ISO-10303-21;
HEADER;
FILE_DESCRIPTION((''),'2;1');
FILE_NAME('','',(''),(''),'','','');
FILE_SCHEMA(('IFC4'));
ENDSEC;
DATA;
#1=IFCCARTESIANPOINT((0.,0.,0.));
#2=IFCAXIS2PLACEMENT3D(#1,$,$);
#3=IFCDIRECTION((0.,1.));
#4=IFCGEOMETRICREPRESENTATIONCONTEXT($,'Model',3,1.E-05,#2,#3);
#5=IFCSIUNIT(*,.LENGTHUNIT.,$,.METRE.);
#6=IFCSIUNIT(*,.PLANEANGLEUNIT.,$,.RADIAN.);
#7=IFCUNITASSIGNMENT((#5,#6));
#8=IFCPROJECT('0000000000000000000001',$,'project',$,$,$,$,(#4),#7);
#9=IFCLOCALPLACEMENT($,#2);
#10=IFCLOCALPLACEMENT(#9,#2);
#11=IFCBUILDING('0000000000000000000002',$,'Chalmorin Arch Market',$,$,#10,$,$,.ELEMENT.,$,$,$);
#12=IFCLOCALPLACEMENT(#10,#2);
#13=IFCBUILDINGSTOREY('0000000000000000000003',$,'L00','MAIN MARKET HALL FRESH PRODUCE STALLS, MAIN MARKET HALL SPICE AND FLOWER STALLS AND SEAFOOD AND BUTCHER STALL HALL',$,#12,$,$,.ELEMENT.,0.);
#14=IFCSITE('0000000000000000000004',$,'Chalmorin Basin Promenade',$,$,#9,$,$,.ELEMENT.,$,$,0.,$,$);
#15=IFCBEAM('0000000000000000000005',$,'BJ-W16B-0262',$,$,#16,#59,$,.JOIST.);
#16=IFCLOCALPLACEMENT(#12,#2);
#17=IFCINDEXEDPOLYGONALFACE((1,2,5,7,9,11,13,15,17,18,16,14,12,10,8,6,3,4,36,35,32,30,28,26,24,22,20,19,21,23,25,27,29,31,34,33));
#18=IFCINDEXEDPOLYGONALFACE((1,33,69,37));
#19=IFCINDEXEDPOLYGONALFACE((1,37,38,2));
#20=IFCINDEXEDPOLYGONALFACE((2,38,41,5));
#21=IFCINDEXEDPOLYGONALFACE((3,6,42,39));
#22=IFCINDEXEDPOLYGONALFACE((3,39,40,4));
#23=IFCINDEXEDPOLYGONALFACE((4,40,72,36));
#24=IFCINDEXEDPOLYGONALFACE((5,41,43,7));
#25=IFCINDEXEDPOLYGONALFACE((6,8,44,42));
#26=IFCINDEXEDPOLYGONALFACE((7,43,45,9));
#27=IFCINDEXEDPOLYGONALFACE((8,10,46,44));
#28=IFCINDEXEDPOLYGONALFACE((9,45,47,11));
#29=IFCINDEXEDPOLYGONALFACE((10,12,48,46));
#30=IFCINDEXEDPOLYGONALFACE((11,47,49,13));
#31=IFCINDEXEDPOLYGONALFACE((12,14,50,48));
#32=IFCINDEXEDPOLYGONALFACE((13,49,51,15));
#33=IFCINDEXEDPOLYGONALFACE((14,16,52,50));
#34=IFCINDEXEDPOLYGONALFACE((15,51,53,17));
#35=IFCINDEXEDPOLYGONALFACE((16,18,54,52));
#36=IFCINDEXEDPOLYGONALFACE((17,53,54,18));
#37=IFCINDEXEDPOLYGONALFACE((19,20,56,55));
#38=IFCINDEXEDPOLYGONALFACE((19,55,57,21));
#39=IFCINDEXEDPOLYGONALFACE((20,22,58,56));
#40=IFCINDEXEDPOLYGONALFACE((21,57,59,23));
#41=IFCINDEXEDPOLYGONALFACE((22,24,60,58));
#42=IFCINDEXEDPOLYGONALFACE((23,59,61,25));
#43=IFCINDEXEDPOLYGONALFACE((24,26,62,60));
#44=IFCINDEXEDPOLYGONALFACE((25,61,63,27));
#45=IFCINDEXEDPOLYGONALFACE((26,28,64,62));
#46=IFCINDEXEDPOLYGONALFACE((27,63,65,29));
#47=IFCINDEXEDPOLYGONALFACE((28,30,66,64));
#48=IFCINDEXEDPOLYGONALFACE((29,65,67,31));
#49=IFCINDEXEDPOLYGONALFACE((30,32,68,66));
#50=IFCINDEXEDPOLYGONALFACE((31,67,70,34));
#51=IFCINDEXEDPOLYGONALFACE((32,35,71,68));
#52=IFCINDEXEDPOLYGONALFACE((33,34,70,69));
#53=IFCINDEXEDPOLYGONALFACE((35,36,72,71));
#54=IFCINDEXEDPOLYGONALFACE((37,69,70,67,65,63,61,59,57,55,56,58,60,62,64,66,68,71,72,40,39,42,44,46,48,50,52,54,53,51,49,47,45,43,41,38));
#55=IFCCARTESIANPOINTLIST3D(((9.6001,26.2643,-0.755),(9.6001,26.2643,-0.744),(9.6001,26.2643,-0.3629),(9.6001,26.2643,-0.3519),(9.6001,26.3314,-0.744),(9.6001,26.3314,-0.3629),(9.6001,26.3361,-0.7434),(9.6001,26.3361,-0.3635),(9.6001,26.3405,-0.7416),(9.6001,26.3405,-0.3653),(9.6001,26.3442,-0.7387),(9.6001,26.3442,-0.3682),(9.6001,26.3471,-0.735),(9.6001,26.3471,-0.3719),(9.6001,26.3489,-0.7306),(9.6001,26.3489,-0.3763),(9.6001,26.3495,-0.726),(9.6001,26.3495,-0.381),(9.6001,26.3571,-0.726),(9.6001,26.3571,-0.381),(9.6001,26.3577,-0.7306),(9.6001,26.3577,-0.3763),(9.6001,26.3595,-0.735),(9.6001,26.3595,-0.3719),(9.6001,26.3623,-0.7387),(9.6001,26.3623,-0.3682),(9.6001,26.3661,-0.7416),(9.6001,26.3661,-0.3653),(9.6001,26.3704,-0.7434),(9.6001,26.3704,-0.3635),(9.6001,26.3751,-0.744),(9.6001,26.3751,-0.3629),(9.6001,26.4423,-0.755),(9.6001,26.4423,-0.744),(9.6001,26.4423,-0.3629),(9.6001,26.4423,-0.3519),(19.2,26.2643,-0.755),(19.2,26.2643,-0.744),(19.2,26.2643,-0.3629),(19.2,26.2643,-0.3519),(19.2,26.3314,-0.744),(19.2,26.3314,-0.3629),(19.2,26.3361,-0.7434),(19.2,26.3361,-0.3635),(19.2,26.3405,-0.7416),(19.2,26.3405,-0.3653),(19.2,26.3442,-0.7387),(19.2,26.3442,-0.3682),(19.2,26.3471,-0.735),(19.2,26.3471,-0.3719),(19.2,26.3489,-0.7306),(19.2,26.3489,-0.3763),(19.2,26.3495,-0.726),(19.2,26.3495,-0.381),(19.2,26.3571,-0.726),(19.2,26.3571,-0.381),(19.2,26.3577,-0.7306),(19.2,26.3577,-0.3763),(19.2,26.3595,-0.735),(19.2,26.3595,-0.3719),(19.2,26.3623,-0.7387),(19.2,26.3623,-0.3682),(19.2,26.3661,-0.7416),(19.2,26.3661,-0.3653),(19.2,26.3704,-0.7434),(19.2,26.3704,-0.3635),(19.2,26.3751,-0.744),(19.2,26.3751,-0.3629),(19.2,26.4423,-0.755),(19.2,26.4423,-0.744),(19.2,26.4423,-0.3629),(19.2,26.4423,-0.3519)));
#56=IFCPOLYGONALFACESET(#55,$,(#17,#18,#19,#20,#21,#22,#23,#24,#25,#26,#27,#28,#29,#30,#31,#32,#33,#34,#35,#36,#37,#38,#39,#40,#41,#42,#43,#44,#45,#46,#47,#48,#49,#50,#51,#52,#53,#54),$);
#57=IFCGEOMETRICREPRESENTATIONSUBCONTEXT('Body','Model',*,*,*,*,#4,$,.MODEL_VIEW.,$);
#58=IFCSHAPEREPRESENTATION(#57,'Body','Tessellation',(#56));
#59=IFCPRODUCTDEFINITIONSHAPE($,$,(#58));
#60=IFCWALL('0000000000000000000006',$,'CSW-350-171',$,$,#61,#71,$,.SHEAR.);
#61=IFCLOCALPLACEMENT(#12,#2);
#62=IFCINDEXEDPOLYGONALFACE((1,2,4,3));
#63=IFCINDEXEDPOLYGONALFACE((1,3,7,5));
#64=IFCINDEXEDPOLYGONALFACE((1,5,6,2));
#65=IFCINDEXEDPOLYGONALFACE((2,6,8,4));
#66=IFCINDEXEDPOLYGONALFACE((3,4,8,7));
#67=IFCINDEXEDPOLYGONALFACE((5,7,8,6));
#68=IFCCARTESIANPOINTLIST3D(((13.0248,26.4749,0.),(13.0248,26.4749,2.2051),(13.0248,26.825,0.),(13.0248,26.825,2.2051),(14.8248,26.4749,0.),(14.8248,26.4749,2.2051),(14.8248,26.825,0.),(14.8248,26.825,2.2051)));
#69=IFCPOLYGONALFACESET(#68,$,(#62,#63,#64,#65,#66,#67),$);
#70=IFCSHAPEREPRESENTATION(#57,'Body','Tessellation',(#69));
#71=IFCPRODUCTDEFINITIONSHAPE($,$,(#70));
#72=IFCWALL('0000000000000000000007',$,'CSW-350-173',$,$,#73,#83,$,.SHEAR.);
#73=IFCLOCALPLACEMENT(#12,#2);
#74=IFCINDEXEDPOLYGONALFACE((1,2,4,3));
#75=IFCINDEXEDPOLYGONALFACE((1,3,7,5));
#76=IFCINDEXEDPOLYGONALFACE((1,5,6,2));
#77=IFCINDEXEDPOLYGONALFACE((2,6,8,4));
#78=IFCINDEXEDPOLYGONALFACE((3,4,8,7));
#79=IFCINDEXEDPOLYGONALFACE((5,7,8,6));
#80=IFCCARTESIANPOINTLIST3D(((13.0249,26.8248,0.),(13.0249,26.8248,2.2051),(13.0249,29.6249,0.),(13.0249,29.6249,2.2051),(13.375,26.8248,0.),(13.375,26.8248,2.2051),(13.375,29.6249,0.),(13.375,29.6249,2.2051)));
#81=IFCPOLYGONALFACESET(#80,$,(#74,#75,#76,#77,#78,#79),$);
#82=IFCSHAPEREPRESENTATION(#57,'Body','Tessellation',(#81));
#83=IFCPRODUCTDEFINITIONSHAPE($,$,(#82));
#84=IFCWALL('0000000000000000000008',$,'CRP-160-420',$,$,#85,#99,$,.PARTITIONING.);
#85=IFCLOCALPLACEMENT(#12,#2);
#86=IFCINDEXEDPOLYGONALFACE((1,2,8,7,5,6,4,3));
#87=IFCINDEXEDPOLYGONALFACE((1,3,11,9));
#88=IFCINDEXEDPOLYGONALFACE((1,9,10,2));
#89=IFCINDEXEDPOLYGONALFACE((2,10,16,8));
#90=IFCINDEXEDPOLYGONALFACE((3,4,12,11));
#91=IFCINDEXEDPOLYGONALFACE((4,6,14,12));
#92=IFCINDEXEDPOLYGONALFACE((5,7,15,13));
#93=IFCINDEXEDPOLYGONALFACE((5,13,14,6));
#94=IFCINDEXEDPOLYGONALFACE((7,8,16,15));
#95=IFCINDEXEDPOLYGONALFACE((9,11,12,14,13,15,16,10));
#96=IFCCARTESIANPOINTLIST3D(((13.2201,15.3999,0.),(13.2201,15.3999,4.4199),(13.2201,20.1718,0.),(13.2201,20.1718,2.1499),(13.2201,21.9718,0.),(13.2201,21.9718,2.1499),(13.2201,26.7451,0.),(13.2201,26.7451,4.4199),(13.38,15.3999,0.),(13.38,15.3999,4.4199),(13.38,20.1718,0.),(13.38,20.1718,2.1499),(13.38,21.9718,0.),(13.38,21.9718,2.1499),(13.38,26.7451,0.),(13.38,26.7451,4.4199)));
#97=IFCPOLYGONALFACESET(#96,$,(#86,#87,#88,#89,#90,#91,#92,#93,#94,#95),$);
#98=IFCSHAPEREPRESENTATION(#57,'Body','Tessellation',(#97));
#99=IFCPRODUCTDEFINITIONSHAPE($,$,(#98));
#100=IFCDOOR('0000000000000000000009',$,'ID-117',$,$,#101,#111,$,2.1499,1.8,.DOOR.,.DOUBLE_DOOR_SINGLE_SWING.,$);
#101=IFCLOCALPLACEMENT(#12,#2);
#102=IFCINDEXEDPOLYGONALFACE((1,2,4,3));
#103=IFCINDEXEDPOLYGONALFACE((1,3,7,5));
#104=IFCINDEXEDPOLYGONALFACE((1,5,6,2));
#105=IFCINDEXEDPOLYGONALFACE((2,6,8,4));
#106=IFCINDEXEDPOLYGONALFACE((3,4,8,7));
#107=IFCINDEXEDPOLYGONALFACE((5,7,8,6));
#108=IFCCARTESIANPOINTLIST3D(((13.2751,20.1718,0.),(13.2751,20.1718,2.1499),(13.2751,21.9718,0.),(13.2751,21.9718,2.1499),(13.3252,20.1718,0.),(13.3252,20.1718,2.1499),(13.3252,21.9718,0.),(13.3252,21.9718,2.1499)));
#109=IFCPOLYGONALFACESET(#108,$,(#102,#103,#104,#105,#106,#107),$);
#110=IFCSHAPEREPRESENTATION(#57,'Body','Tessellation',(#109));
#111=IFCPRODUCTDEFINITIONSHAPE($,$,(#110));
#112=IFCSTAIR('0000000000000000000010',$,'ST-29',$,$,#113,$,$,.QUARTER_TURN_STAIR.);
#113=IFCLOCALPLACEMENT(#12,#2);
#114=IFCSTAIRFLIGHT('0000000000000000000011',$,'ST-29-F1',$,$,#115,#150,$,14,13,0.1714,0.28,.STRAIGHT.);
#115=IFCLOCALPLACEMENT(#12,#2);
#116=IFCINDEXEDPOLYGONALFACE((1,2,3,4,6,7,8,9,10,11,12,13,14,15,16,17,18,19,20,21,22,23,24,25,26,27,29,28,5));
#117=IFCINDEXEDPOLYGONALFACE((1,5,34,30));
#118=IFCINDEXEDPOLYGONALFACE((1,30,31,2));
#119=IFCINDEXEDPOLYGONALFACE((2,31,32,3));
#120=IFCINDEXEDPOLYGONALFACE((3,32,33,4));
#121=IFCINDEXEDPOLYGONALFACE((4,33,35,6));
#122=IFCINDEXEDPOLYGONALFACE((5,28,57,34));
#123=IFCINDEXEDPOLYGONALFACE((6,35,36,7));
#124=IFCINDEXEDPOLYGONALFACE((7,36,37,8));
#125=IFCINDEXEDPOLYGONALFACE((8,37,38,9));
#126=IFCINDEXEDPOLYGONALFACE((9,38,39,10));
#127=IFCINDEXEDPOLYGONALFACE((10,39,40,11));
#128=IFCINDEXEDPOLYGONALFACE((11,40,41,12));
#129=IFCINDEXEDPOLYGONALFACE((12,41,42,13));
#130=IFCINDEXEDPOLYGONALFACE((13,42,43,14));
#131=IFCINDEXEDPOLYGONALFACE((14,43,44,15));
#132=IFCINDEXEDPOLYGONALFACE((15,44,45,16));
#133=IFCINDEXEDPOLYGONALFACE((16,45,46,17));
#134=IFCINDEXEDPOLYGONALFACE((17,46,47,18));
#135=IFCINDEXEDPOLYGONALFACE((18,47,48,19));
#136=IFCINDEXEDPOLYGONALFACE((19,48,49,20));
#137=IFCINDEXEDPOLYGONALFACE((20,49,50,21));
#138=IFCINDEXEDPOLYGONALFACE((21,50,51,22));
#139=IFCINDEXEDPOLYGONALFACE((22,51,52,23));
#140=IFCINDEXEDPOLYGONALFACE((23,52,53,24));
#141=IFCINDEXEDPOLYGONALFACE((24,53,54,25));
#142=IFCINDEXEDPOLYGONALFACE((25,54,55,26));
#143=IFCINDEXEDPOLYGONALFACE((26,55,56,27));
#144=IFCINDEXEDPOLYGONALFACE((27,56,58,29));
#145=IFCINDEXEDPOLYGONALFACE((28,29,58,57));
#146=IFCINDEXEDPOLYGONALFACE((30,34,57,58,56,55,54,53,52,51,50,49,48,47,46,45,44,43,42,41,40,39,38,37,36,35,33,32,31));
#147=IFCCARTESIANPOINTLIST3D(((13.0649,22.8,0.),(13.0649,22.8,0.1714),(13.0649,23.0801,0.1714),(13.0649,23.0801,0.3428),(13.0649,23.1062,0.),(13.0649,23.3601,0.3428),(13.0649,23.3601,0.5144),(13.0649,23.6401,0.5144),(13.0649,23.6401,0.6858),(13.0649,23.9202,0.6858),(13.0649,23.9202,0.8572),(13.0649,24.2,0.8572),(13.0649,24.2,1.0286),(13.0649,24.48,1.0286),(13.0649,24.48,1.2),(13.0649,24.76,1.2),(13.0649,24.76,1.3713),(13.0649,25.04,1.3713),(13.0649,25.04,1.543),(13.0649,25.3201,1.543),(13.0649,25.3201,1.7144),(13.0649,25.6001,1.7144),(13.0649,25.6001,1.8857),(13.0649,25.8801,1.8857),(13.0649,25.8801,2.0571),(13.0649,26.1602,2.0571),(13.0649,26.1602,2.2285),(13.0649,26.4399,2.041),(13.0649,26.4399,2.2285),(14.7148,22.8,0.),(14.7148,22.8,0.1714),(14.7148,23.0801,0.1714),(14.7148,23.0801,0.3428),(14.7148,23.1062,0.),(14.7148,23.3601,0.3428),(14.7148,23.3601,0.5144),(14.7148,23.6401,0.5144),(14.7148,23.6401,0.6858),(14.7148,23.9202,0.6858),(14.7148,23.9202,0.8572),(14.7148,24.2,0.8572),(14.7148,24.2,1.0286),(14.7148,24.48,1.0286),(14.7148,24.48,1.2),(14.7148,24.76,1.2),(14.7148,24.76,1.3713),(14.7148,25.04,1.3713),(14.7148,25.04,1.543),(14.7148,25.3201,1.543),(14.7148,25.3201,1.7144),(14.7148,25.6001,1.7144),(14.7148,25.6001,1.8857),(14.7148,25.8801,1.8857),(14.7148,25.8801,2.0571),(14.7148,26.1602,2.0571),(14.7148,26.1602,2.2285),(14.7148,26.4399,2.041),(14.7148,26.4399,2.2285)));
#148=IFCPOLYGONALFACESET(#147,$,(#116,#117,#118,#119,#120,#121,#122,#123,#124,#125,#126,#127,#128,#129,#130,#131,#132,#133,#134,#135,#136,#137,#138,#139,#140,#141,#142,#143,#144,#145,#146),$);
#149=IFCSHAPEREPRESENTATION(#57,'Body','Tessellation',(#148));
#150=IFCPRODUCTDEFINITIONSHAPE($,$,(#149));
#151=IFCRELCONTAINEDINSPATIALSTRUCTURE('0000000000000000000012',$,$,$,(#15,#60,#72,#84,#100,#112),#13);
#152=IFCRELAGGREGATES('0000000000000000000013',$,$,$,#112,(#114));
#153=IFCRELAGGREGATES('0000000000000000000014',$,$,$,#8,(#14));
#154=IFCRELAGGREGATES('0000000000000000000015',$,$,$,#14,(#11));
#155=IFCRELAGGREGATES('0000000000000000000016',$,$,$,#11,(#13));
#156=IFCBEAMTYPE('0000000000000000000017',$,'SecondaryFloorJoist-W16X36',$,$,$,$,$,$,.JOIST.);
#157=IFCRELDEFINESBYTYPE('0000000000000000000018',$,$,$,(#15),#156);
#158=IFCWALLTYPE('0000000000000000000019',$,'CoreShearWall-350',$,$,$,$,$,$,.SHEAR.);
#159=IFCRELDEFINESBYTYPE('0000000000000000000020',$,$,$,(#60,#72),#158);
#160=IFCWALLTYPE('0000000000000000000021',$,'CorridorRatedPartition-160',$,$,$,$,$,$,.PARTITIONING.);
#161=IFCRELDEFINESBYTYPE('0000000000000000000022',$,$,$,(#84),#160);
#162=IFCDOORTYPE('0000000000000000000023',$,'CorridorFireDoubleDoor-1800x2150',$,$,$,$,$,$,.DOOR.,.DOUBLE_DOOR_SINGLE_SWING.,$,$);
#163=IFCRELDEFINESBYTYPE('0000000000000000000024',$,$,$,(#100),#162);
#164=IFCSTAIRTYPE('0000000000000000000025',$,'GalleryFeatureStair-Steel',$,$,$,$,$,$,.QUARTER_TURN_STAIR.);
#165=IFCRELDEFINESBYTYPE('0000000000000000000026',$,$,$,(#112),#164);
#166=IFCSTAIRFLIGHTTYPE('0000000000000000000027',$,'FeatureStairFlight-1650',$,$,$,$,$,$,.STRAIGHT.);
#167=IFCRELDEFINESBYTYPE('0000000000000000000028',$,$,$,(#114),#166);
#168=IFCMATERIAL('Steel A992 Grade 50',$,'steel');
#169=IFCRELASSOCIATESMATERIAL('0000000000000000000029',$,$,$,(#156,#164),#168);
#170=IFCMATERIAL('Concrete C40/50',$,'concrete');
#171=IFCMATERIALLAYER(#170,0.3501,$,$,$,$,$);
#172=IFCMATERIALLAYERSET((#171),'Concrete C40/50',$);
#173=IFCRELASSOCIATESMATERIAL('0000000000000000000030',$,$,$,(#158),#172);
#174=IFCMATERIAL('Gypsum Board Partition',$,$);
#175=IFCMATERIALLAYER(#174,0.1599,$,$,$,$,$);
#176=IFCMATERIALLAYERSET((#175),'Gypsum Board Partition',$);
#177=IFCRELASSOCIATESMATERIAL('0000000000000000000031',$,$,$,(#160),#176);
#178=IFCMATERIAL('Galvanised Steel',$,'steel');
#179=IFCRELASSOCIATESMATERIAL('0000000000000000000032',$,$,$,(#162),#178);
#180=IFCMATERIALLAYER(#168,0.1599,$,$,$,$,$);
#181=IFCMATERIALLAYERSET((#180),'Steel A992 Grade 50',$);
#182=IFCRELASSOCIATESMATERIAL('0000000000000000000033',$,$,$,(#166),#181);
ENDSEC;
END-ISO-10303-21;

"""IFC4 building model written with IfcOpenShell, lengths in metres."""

from ifc_helpers import new_model, si_unit, direction, frame, frame_2d, origin, origin_2d, place, context, subcontext, project, spatial, polyline, rectangle, i_section, outline, extrude, material, layer, layer_set, material_profile, profile_set, type_object, element, fill, aggregate, save


model = new_model("IFC4")

# Units and contexts
model_context = context("Model", 3, precision=1e-05, world=origin(), true_north=direction((0.0, 1.0)))
body_context = subcontext(model_context, "Body", "Model", "MODEL_VIEW")
ifc_project = project(units=[si_unit("LENGTHUNIT", "METRE"), si_unit("PLANEANGLEUNIT", "RADIAN")], contexts=[model_context])

# Site, building, storey
site_placement = place(None, origin())
site = spatial("IfcSite", under=ifc_project, at=site_placement, Name="Chalmorin Basin Promenade", CompositionType="ELEMENT", RefElevation=0.0)
building_placement = place(site_placement, origin())
building = spatial("IfcBuilding", under=site, at=building_placement, Name="Chalmorin Arch Market", CompositionType="ELEMENT")
storey_placement = place(building_placement, origin())
storey = spatial("IfcBuildingStorey", under=building, at=storey_placement, Name="L00", Description="MAIN MARKET HALL FRESH PRODUCE STALLS, MAIN MARKET HALL SPICE AND FLOWER STALLS AND SEAFOOD AND BUTCHER STALL HALL", CompositionType="ELEMENT", Elevation=0.0)

# Shared definitions
ifc_material_1 = material(Name="Concrete C40/50", Category="concrete")

# Beam
ifc_material_2 = material(Name="Steel A992 Grade 50", Category="steel")
ifc_material_profile_1 = material_profile(ifc_material_2, i_section(OverallWidth=0.178, OverallDepth=0.4031, WebThickness=0.0076, FlangeThickness=0.011, FilletRadius=0.0181, at=origin_2d()), Name="W16X36")
ifc_profile_set_1 = profile_set([ifc_material_profile_1], Name="Steel A992 Grade 50")
beam_type_1 = type_object("IfcBeamType", Name="SecondaryFloorJoist-W16X36", PredefinedType="JOIST", material=ifc_profile_set_1)
for number, where, z_axis, x_axis, name in (
    (1, (9.6001, 26.3533, -0.5535), (1.0, 0.0, 0.0), (0.0, 1.0, 0.0), "BJ-W16B-0262"),
):
    element("IfcBeam", number, at=place(storey_placement, frame(where, z_axis=z_axis, x_axis=x_axis)), inside=storey, type_object=beam_type_1, Name=name, PredefinedType="JOIST", context=body_context, shape_type="SweptSolid", body=[
        extrude(i_section(OverallWidth=0.178, OverallDepth=0.4031, WebThickness=0.0076, FlangeThickness=0.011, FilletRadius=0.0181, at=origin_2d()), origin(), (0.0, 0.0, 1.0), 9.5999),
    ])

# Walls
ifc_layer_1 = layer(ifc_material_1, 0.3501)
ifc_layer_set_1 = layer_set([ifc_layer_1], Name="Concrete C40/50")
wall_type_1 = type_object("IfcWallType", Name="CoreShearWall-350", PredefinedType="SHEAR", material=ifc_layer_set_1)
wall_1_placement = place(storey_placement, frame((13.0249, 26.6499, 0.0), z_axis=(0.0, 0.0, 1.0), x_axis=(1.0, 0.0, 0.0)))
element("IfcWall", 2, at=wall_1_placement, inside=storey, type_object=wall_type_1, Name="CSW-350-171", PredefinedType="SHEAR", context=body_context, shape_type="SweptSolid", body=[
    extrude(rectangle(XDim=1.8, YDim=0.3501, at=frame_2d((0.8999, 0.0))), origin(), (0.0, 0.0, 1.0), 2.2051),
])
wall_2_placement = place(storey_placement, frame((13.2, 26.825, 0.0), z_axis=(0.0, 0.0, 1.0), x_axis=(0.0, 1.0, 0.0)))
element("IfcWall", 3, at=wall_2_placement, inside=storey, type_object=wall_type_1, Name="CSW-350-173", PredefinedType="SHEAR", context=body_context, shape_type="SweptSolid", body=[
    extrude(rectangle(XDim=2.8, YDim=0.3501, at=frame_2d((1.3999, 0.0))), origin(), (0.0, 0.0, 1.0), 2.2051),
])

# Wall, opening, door
ifc_material_3 = material(Name="Gypsum Board Partition")
ifc_layer_2 = layer(ifc_material_3, 0.1599)
ifc_layer_set_2 = layer_set([ifc_layer_2], Name="Gypsum Board Partition")
wall_type_2 = type_object("IfcWallType", Name="CorridorRatedPartition-160", PredefinedType="PARTITIONING", material=ifc_layer_set_2)
wall_3_placement = place(storey_placement, frame((13.3, 15.3999, 0.0), z_axis=(0.0, 0.0, 1.0), x_axis=(0.0, 1.0, 0.0)))
wall_3 = element("IfcWall", 4, at=wall_3_placement, inside=storey, type_object=wall_type_2, Name="CRP-160-420", PredefinedType="PARTITIONING", context=body_context, shape_type="SweptSolid", body=[
    extrude(rectangle(XDim=11.3452, YDim=0.1599, at=frame_2d((5.6726, 0.0))), origin(), (0.0, 0.0, 1.0), 4.4199),
])
opening_placement = place(wall_3_placement, frame((4.772, 0.0, 0.0)))
opening = element("IfcOpeningElement", 5, at=opening_placement, cuts=wall_3, PredefinedType="OPENING", context=body_context, shape_type="SweptSolid", body=[
    extrude(rectangle(XDim=1.8, YDim=2.1499, at=frame_2d((0.8999, 1.075))), frame((0.0, 0.0898, 0.0), z_axis=(0.0, -1.0, 0.0), x_axis=(1.0, 0.0, 0.0)), (0.0, 0.0, 1.0), 0.1799),
])
ifc_material_4 = material(Name="Galvanised Steel", Category="steel")
door_type = type_object("IfcDoorType", Name="CorridorFireDoubleDoor-1800x2150", OperationType="DOUBLE_DOOR_SINGLE_SWING", PredefinedType="DOOR", material=ifc_material_4)
door_placement = place(opening_placement, origin())
door = element("IfcDoor", 6, at=door_placement, inside=storey, type_object=door_type, Name="ID-117", OperationType="DOUBLE_DOOR_SINGLE_SWING", OverallHeight=2.1499, OverallWidth=1.8, PredefinedType="DOOR", context=body_context, shape_type="SweptSolid", body=[
    extrude(rectangle(XDim=1.8, YDim=2.1499, at=frame_2d((0.8999, 1.075))), frame((0.0, 0.0249, 0.0), z_axis=(0.0, -1.0, 0.0), x_axis=(1.0, 0.0, 0.0)), (0.0, 0.0, 1.0), 0.05),
])
fill(opening, door)

# Stair, stair flight
stair_type = type_object("IfcStairType", Name="GalleryFeatureStair-Steel", PredefinedType="QUARTER_TURN_STAIR", material=ifc_material_2)
stair_placement = place(storey_placement, origin())
stair = element("IfcStair", 7, at=stair_placement, inside=storey, type_object=stair_type, Name="ST-29", PredefinedType="QUARTER_TURN_STAIR")
ifc_layer_3 = layer(ifc_material_2, 0.1599)
ifc_layer_set_3 = layer_set([ifc_layer_3], Name="Steel A992 Grade 50")
stair_flight_type = type_object("IfcStairFlightType", Name="FeatureStairFlight-1650", PredefinedType="STRAIGHT", material=ifc_layer_set_3)
stair_flight_placement = place(storey_placement, frame((13.8899, 22.8, 0.0), z_axis=(0.0, 0.0, 1.0), x_axis=(0.0, 1.0, 0.0)))
stair_flight = element("IfcStairFlight", 8, at=stair_flight_placement, type_object=stair_flight_type, Name="ST-29-F1", NumberOfRisers=14, NumberOfTreads=13, PredefinedType="STRAIGHT", RiserHeight=0.1714, TreadLength=0.28, context=body_context, shape_type="SweptSolid", body=[
    extrude(outline(polyline([(0.0, 0.0), (0.0, 0.1714), (0.28, 0.1714), (0.28, 0.3428), (0.5601, 0.3428), (0.5601, 0.5144), (0.8401, 0.5144), (0.8401, 0.6858), (1.1201, 0.6858), (1.1201, 0.8572), (1.3999, 0.8572), (1.3999, 1.0286), (1.6799, 1.0286), (1.6799, 1.2), (1.96, 1.2), (1.96, 1.3713), (2.24, 1.3713), (2.24, 1.543), (2.52, 1.543), (2.52, 1.7144), (2.8, 1.7144), (2.8, 1.8857), (3.0801, 1.8857), (3.0801, 2.0571), (3.3601, 2.0571), (3.3601, 2.2285), (3.6399, 2.2285), (3.6399, 2.3999), (3.6399, 2.041), (0.3062, 0.0), (0.0, 0.0)])), frame((0.0, 0.825, 0.0), z_axis=(0.0, -1.0, 0.0), x_axis=(1.0, 0.0, 0.0)), (0.0, 0.0, 1.0), 1.6499),
])
aggregate(stair, [stair_flight])

save(model, "model.ifc")
